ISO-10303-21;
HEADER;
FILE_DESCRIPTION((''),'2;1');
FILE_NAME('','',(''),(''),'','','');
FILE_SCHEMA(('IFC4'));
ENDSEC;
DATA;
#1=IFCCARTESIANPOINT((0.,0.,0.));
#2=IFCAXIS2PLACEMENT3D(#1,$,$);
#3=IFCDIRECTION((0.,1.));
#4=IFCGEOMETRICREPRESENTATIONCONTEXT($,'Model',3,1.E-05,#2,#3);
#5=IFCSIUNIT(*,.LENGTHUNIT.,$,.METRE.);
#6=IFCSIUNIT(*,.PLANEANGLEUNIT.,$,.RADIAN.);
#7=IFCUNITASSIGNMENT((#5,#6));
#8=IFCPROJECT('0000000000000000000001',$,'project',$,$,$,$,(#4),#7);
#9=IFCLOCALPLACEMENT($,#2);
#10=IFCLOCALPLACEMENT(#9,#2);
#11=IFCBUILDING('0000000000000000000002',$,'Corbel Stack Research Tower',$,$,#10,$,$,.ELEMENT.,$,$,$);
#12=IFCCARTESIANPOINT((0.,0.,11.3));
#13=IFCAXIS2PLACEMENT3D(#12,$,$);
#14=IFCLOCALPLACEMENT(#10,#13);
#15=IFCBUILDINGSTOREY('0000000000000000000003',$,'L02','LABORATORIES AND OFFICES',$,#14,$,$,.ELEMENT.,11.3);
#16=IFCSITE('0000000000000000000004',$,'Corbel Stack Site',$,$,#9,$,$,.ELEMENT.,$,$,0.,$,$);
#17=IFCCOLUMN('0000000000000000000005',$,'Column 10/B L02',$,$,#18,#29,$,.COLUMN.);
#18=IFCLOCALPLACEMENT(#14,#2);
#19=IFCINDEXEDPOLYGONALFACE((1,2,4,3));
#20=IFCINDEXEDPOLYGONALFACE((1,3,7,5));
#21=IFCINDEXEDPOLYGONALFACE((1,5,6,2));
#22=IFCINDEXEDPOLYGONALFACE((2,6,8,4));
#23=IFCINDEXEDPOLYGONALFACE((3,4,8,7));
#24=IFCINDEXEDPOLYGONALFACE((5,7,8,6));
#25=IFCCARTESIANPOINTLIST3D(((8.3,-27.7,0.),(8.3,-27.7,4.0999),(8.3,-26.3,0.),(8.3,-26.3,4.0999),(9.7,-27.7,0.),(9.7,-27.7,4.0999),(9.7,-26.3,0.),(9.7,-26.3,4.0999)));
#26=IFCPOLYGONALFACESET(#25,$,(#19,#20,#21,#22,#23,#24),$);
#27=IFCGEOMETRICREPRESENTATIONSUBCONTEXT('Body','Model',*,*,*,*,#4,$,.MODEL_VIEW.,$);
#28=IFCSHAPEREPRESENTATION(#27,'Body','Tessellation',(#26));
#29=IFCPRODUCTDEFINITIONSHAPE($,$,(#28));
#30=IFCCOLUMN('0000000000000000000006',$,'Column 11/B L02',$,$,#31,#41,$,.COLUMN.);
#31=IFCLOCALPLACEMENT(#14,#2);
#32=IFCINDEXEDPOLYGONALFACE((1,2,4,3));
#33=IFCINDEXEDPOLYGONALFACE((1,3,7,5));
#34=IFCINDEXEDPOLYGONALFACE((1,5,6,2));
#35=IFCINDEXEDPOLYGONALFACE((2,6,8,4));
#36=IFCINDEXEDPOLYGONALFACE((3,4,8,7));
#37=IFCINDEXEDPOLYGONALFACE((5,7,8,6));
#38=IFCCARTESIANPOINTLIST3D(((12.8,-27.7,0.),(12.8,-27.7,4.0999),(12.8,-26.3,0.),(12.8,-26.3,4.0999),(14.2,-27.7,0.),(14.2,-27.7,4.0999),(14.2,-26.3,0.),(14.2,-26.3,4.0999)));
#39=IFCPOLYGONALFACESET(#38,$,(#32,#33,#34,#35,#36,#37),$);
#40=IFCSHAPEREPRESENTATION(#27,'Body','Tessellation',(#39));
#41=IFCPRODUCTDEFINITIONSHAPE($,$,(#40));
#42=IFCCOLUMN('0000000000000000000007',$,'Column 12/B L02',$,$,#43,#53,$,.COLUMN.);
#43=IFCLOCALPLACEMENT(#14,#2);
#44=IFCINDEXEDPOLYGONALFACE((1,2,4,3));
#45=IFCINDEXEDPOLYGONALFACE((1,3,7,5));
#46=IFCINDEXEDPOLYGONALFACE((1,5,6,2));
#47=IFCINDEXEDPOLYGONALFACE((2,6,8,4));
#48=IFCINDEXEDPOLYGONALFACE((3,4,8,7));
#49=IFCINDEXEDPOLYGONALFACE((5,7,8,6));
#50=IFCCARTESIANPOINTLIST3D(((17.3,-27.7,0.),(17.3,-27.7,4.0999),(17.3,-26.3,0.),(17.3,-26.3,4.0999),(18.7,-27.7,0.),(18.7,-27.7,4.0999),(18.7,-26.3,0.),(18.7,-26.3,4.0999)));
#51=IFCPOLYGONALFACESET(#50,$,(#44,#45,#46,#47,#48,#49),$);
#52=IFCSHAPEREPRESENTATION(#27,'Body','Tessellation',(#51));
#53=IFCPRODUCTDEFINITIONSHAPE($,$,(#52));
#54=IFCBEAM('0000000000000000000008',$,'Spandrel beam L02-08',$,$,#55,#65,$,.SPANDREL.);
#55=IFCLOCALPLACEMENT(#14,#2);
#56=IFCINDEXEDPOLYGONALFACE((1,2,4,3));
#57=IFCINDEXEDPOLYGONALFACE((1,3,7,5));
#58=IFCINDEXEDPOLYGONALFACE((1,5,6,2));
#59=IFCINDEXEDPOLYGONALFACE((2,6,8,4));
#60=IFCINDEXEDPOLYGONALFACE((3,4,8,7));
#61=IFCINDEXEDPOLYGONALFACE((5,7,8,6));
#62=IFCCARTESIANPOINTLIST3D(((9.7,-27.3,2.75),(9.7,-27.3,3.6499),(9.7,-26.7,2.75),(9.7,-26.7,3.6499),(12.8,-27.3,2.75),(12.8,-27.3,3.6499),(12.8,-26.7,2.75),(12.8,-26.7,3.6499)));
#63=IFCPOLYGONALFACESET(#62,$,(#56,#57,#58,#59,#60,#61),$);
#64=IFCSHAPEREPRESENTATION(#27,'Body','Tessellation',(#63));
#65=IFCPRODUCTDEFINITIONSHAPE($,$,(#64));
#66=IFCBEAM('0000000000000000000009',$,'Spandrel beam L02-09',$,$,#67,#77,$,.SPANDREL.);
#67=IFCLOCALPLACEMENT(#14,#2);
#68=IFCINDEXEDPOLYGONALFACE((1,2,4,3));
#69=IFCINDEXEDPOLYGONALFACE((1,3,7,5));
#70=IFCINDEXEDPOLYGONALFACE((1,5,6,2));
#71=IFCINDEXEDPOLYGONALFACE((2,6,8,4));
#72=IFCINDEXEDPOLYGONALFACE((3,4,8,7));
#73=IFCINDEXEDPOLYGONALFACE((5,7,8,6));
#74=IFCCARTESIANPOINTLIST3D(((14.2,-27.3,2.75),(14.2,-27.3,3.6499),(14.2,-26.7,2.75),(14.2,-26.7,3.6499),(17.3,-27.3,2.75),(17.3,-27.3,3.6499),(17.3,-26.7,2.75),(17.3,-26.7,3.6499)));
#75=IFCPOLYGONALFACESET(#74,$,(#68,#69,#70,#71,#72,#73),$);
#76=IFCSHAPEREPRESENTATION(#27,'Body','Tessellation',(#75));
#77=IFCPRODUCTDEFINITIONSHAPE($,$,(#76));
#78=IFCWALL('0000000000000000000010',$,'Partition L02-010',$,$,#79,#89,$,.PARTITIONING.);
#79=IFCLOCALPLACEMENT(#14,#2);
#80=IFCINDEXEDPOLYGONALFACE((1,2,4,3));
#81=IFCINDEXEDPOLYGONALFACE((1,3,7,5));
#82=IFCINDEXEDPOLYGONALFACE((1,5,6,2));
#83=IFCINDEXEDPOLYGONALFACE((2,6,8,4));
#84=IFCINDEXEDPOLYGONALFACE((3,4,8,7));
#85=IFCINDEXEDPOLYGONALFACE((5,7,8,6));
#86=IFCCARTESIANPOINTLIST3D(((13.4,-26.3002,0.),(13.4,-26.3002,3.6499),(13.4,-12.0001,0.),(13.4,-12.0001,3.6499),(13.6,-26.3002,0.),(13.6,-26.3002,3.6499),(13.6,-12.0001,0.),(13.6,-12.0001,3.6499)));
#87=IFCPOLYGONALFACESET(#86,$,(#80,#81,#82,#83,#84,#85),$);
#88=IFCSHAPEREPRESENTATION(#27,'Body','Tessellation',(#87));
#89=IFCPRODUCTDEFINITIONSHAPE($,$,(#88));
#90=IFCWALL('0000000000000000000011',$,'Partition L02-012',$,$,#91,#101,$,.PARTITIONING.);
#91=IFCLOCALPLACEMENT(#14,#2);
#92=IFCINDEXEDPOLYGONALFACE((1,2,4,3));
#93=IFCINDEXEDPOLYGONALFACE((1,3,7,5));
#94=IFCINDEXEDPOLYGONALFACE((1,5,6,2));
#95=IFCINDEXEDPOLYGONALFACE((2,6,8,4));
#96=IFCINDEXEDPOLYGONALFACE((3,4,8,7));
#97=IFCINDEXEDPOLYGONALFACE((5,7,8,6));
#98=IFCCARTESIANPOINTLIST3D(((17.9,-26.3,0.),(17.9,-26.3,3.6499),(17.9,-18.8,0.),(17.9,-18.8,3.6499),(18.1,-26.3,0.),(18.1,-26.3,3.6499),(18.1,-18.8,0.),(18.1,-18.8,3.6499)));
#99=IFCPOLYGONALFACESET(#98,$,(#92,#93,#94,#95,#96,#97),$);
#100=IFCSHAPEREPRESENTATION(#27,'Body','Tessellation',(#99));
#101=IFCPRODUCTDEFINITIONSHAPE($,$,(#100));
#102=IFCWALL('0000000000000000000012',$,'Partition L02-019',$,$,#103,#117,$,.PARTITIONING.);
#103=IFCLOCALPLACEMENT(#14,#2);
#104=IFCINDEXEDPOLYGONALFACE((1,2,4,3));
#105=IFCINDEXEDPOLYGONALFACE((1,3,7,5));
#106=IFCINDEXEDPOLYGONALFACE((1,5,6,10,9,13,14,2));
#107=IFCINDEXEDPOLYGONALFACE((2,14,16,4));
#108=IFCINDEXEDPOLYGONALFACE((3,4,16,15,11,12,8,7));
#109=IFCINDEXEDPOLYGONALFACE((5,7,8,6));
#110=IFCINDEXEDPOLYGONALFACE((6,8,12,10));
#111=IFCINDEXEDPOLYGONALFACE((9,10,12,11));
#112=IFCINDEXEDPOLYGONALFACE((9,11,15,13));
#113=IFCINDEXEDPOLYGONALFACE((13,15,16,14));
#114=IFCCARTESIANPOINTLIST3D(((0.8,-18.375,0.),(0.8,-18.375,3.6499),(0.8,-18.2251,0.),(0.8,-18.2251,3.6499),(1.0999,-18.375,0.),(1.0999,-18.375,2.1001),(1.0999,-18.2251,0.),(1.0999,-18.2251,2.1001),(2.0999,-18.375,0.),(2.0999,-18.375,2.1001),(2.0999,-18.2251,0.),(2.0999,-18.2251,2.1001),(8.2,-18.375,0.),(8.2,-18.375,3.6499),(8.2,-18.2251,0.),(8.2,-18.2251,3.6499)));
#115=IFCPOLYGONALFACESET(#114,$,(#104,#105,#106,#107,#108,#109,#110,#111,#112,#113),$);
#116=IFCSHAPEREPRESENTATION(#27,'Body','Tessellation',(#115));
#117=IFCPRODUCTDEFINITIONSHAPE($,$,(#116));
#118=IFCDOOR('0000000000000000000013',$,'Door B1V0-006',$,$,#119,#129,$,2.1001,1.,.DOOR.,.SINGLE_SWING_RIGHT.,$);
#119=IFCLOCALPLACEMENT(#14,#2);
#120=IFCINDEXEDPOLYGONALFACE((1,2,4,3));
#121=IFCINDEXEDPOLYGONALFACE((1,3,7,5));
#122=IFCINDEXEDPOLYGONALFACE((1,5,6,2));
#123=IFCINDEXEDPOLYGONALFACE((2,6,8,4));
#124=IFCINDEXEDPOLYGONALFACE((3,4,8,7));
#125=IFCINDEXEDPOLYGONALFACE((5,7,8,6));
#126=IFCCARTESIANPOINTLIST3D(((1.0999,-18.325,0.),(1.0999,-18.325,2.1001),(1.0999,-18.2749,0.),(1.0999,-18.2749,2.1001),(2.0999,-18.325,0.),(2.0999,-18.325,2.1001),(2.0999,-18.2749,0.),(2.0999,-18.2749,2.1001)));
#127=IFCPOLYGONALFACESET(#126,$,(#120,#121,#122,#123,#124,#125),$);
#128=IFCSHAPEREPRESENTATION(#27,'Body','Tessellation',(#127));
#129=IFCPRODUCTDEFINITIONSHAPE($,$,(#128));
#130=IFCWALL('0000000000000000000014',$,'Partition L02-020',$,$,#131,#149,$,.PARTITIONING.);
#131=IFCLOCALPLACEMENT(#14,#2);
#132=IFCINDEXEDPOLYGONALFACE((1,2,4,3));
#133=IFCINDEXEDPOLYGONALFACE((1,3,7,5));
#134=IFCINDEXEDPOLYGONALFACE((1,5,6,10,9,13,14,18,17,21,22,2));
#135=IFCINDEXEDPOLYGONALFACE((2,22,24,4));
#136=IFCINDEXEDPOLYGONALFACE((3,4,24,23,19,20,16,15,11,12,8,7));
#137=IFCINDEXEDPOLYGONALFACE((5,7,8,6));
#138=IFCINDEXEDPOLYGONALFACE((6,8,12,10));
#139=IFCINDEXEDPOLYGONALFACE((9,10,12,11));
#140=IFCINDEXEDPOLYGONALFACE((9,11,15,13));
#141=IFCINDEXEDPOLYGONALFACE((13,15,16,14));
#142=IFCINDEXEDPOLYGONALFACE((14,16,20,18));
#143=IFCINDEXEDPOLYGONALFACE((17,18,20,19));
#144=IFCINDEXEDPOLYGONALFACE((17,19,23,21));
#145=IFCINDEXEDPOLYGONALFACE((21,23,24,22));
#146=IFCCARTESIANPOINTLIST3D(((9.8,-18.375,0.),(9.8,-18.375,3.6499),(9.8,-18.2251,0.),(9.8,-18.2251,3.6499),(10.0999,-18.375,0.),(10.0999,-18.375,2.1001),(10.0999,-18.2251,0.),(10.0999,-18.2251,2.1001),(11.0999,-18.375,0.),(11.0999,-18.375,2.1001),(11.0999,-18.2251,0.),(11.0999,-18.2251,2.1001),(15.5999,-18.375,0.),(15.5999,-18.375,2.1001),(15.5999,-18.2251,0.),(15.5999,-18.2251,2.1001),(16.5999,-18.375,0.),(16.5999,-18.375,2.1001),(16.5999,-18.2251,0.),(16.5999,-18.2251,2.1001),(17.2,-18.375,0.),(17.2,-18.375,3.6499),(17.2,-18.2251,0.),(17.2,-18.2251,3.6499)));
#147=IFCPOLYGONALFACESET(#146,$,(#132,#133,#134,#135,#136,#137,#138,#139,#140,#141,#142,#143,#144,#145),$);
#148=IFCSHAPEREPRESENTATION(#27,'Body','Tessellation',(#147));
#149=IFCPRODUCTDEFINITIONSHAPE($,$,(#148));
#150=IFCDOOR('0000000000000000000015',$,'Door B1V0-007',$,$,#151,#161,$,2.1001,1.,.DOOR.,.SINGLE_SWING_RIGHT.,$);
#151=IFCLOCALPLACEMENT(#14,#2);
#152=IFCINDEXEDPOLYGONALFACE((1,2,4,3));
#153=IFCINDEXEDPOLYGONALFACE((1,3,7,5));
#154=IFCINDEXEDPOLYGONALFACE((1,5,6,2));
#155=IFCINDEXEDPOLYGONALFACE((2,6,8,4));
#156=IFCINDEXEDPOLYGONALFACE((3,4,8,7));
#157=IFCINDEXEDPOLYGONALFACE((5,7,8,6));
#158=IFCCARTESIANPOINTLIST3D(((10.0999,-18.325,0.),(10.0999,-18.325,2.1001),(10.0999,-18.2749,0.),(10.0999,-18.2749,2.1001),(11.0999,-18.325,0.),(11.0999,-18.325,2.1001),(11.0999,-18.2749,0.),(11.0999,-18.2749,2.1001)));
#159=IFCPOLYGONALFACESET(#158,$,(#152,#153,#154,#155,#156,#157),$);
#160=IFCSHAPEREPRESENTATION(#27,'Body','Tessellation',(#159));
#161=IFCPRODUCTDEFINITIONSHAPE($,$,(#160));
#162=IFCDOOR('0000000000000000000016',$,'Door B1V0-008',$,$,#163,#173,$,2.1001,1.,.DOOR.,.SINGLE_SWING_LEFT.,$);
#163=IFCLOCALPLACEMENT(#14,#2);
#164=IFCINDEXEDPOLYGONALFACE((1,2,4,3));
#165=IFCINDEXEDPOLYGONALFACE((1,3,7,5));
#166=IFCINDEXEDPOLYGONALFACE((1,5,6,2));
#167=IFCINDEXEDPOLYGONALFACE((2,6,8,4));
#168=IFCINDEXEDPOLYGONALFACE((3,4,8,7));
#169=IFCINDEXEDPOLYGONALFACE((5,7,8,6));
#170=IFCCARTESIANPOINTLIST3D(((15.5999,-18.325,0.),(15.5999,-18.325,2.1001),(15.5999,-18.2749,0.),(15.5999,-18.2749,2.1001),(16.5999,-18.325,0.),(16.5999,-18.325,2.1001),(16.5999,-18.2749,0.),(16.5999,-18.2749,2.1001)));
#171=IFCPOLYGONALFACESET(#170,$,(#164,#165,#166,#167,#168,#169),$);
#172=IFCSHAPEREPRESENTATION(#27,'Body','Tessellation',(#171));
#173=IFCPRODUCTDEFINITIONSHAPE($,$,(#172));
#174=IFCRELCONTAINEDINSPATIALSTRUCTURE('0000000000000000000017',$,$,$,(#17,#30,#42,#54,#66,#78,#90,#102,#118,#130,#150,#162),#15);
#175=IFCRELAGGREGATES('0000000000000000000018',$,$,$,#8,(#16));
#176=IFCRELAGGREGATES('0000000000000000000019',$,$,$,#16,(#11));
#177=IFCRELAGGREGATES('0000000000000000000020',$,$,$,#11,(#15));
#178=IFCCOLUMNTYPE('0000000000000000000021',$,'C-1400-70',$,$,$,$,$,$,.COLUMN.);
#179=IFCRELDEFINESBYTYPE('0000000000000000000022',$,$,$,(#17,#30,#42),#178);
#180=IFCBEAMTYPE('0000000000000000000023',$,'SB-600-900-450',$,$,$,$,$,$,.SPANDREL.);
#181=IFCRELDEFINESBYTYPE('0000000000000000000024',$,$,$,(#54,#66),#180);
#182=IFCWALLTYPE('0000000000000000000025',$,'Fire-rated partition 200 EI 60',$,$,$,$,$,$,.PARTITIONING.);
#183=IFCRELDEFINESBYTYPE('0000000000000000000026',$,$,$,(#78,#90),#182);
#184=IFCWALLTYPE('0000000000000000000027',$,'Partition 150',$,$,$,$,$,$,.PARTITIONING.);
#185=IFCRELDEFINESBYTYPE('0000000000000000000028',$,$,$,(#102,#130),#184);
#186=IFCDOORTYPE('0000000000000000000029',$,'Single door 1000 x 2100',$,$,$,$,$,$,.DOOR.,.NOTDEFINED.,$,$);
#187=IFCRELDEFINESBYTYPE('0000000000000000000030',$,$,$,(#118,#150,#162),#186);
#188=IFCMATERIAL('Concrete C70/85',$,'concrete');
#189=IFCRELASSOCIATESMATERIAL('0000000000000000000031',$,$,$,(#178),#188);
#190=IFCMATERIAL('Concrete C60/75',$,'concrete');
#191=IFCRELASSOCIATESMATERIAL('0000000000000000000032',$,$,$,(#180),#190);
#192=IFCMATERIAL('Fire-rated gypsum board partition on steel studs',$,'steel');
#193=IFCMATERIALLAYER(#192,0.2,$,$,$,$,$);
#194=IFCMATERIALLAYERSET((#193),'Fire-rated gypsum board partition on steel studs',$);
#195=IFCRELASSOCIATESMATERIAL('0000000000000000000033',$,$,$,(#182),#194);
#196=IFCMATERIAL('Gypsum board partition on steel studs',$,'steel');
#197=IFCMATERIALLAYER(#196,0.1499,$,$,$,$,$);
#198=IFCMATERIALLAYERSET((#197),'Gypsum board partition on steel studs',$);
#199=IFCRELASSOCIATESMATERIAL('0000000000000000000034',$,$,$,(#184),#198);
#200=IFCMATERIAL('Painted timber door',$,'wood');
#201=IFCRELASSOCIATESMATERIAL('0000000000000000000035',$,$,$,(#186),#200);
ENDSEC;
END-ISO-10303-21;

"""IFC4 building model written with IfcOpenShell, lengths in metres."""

from ifc_helpers import new_model, si_unit, direction, frame, frame_2d, origin, origin_2d, place, context, subcontext, project, spatial, rectangle, extrude, material, layer, layer_set, material_profile, profile_set, type_object, element, fill, save


model = new_model("IFC4")

# Units and contexts
model_context = context("Model", 3, precision=1e-05, world=origin(), true_north=direction((0.0, 1.0)))
body_context = subcontext(model_context, "Body", "Model", "MODEL_VIEW")
ifc_project = project(units=[si_unit("LENGTHUNIT", "METRE"), si_unit("PLANEANGLEUNIT", "RADIAN")], contexts=[model_context])

# Site, building, storey
site_placement = place(None, origin())
site = spatial("IfcSite", under=ifc_project, at=site_placement, Name="Corbel Stack Site", CompositionType="ELEMENT", RefElevation=0.0)
building_placement = place(site_placement, origin())
building = spatial("IfcBuilding", under=site, at=building_placement, Name="Corbel Stack Research Tower", CompositionType="ELEMENT")
storey_placement = place(building_placement, frame((0.0, 0.0, 11.3)))
storey = spatial("IfcBuildingStorey", under=building, at=storey_placement, Name="L02", Description="LABORATORIES AND OFFICES", CompositionType="ELEMENT", Elevation=11.3)

# Columns
ifc_material_1 = material(Name="Concrete C70/85", Category="concrete")
ifc_material_profile_1 = material_profile(ifc_material_1, rectangle(XDim=1.3999, YDim=1.3999, at=origin_2d()), Name="RC 1400 x 1400")
ifc_profile_set_1 = profile_set([ifc_material_profile_1], Name="Concrete C70/85")
column_type = type_object("IfcColumnType", Name="C-1400-70", PredefinedType="COLUMN", material=ifc_profile_set_1)
for number, where, z_axis, x_axis, name in (
    (1, (9.0, -27.0, 0.0), (0.0, 0.0, 1.0), (1.0, 0.0, 0.0), "Column 10/B L02"),
    (2, (13.5, -27.0, 0.0), (0.0, 0.0, 1.0), (1.0, 0.0, 0.0), "Column 11/B L02"),
    (3, (18.0, -27.0, 0.0), (0.0, 0.0, 1.0), (1.0, 0.0, 0.0), "Column 12/B L02"),
):
    element("IfcColumn", number, at=place(storey_placement, frame(where, z_axis=z_axis, x_axis=x_axis)), inside=storey, type_object=column_type, Name=name, PredefinedType="COLUMN", context=body_context, shape_type="SweptSolid", body=[
        extrude(rectangle(XDim=1.3999, YDim=1.3999, at=origin_2d()), origin(), (0.0, 0.0, 1.0), 4.0999),
    ])

# Beams
ifc_material_2 = material(Name="Concrete C60/75", Category="concrete")
ifc_material_profile_2 = material_profile(ifc_material_2, rectangle(XDim=0.6001, YDim=0.8999, at=origin_2d()), Name="RC 600 x 900")
ifc_profile_set_2 = profile_set([ifc_material_profile_2], Name="Concrete C60/75")
beam_type = type_object("IfcBeamType", Name="SB-600-900-450", PredefinedType="SPANDREL", material=ifc_profile_set_2)
for number, where, z_axis, x_axis, name in (
    (4, (9.7, -27.0, 3.2), (1.0, 0.0, 0.0), (0.0, 1.0, 0.0), "Spandrel beam L02-08"),
    (5, (14.2, -27.0, 3.2), (1.0, 0.0, 0.0), (0.0, 1.0, 0.0), "Spandrel beam L02-09"),
):
    element("IfcBeam", number, at=place(storey_placement, frame(where, z_axis=z_axis, x_axis=x_axis)), inside=storey, type_object=beam_type, Name=name, PredefinedType="SPANDREL", context=body_context, shape_type="SweptSolid", body=[
        extrude(rectangle(XDim=0.6001, YDim=0.8999, at=origin_2d()), origin(), (0.0, 0.0, 1.0), 3.1001),
    ])

# Walls
ifc_material_3 = material(Name="Fire-rated gypsum board partition on steel studs", Category="steel")
ifc_layer_1 = layer(ifc_material_3, 0.2)
ifc_layer_set_1 = layer_set([ifc_layer_1], Name="Fire-rated gypsum board partition on steel studs")
wall_type_1 = type_object("IfcWallType", Name="Fire-rated partition 200 EI 60", PredefinedType="PARTITIONING", material=ifc_layer_set_1)
wall_1_placement = place(storey_placement, frame((13.5, -26.3, 0.0), z_axis=(0.0, 0.0, 1.0), x_axis=(0.0, 1.0, 0.0)))
element("IfcWall", 6, at=wall_1_placement, inside=storey, type_object=wall_type_1, Name="Partition L02-010", PredefinedType="PARTITIONING", context=body_context, shape_type="SweptSolid", body=[
    extrude(rectangle(XDim=14.3, YDim=0.2, at=frame_2d((7.1499, 0.0))), origin(), (0.0, 0.0, 1.0), 3.6499),
])
wall_2_placement = place(storey_placement, frame((18.0, -26.3, 0.0), z_axis=(0.0, 0.0, 1.0), x_axis=(0.0, 1.0, 0.0)))
element("IfcWall", 7, at=wall_2_placement, inside=storey, type_object=wall_type_1, Name="Partition L02-012", PredefinedType="PARTITIONING", context=body_context, shape_type="SweptSolid", body=[
    extrude(rectangle(XDim=7.5, YDim=0.2, at=frame_2d((3.75, 0.0))), origin(), (0.0, 0.0, 1.0), 3.6499),
])

# Wall, opening, door
ifc_material_4 = material(Name="Gypsum board partition on steel studs", Category="steel")
ifc_layer_2 = layer(ifc_material_4, 0.1499)
ifc_layer_set_2 = layer_set([ifc_layer_2], Name="Gypsum board partition on steel studs")
wall_type_2 = type_object("IfcWallType", Name="Partition 150", PredefinedType="PARTITIONING", material=ifc_layer_set_2)
wall_3_placement = place(storey_placement, frame((8.2, -18.3, 0.0), z_axis=(0.0, 0.0, 1.0), x_axis=(-1.0, 0.0, 0.0)))
wall_3 = element("IfcWall", 8, at=wall_3_placement, inside=storey, type_object=wall_type_2, Name="Partition L02-019", PredefinedType="PARTITIONING", context=body_context, shape_type="SweptSolid", body=[
    extrude(rectangle(XDim=7.3999, YDim=0.1499, at=frame_2d((3.7, 0.0))), origin(), (0.0, 0.0, 1.0), 3.6499),
])
opening_1_placement = place(wall_3_placement, frame((6.1001, 0.0, 0.0)))
opening_1 = element("IfcOpeningElement", 9, at=opening_1_placement, cuts=wall_3, PredefinedType="OPENING", context=body_context, shape_type="SweptSolid", body=[
    extrude(rectangle(XDim=1.0, YDim=2.1001, at=frame_2d((0.5, 1.05))), frame((0.0, 0.085, 0.0), z_axis=(0.0, -1.0, 0.0), x_axis=(1.0, 0.0, 0.0)), (0.0, 0.0, 1.0), 0.1699),
])
ifc_material_5 = material(Name="Painted timber door", Category="wood")
door_type_1 = type_object("IfcDoorType", Name="Single door 1000 x 2100", OperationType="NOTDEFINED", PredefinedType="DOOR", material=ifc_material_5)
door_1_placement = place(opening_1_placement, origin())
door_1 = element("IfcDoor", 10, at=door_1_placement, inside=storey, type_object=door_type_1, Name="Door B1V0-006", OperationType="SINGLE_SWING_RIGHT", OverallHeight=2.1001, OverallWidth=1.0, PredefinedType="DOOR", context=body_context, shape_type="SweptSolid", body=[
    extrude(rectangle(XDim=1.0, YDim=2.1001, at=frame_2d((0.5, 1.05))), frame((0.0, 0.0249, 0.0), z_axis=(0.0, -1.0, 0.0), x_axis=(1.0, 0.0, 0.0)), (0.0, 0.0, 1.0), 0.05),
])
fill(opening_1, door_1)

# Wall, openings, doors
wall_4_placement = place(storey_placement, frame((17.2, -18.3, 0.0), z_axis=(0.0, 0.0, 1.0), x_axis=(-1.0, 0.0, 0.0)))
wall_4 = element("IfcWall", 11, at=wall_4_placement, inside=storey, type_object=wall_type_2, Name="Partition L02-020", PredefinedType="PARTITIONING", context=body_context, shape_type="SweptSolid", body=[
    extrude(rectangle(XDim=7.3999, YDim=0.1499, at=frame_2d((3.7, 0.0))), origin(), (0.0, 0.0, 1.0), 3.6499),
])
opening_2_placement = place(wall_4_placement, frame((6.1001, 0.0, 0.0)))
opening_2 = element("IfcOpeningElement", 12, at=opening_2_placement, cuts=wall_4, PredefinedType="OPENING", context=body_context, shape_type="SweptSolid", body=[
    extrude(rectangle(XDim=1.0, YDim=2.1001, at=frame_2d((0.5, 1.05))), frame((0.0, 0.085, 0.0), z_axis=(0.0, -1.0, 0.0), x_axis=(1.0, 0.0, 0.0)), (0.0, 0.0, 1.0), 0.1699),
])
opening_3_placement = place(wall_4_placement, frame((0.6001, 0.0, 0.0)))
opening_3 = element("IfcOpeningElement", 13, at=opening_3_placement, cuts=wall_4, PredefinedType="OPENING", context=body_context, shape_type="SweptSolid", body=[
    extrude(rectangle(XDim=1.0, YDim=2.1001, at=frame_2d((0.5, 1.05))), frame((0.0, 0.085, 0.0), z_axis=(0.0, -1.0, 0.0), x_axis=(1.0, 0.0, 0.0)), (0.0, 0.0, 1.0), 0.1699),
])
door_2_placement = place(opening_2_placement, origin())
door_2 = element("IfcDoor", 14, at=door_2_placement, inside=storey, type_object=door_type_1, Name="Door B1V0-007", OperationType="SINGLE_SWING_RIGHT", OverallHeight=2.1001, OverallWidth=1.0, PredefinedType="DOOR", context=body_context, shape_type="SweptSolid", body=[
    extrude(rectangle(XDim=1.0, YDim=2.1001, at=frame_2d((0.5, 1.05))), frame((0.0, 0.0249, 0.0), z_axis=(0.0, -1.0, 0.0), x_axis=(1.0, 0.0, 0.0)), (0.0, 0.0, 1.0), 0.05),
])
fill(opening_2, door_2)
door_3_placement = place(opening_3_placement, origin())
door_3 = element("IfcDoor", 15, at=door_3_placement, inside=storey, type_object=door_type_1, Name="Door B1V0-008", OperationType="SINGLE_SWING_LEFT", OverallHeight=2.1001, OverallWidth=1.0, PredefinedType="DOOR", context=body_context, shape_type="SweptSolid", body=[
    extrude(rectangle(XDim=1.0, YDim=2.1001, at=frame_2d((0.5, 1.05))), frame((0.0, 0.0249, 0.0), z_axis=(0.0, -1.0, 0.0), x_axis=(1.0, 0.0, 0.0)), (0.0, 0.0, 1.0), 0.05),
])
fill(opening_3, door_3)

save(model, "model.ifc")
